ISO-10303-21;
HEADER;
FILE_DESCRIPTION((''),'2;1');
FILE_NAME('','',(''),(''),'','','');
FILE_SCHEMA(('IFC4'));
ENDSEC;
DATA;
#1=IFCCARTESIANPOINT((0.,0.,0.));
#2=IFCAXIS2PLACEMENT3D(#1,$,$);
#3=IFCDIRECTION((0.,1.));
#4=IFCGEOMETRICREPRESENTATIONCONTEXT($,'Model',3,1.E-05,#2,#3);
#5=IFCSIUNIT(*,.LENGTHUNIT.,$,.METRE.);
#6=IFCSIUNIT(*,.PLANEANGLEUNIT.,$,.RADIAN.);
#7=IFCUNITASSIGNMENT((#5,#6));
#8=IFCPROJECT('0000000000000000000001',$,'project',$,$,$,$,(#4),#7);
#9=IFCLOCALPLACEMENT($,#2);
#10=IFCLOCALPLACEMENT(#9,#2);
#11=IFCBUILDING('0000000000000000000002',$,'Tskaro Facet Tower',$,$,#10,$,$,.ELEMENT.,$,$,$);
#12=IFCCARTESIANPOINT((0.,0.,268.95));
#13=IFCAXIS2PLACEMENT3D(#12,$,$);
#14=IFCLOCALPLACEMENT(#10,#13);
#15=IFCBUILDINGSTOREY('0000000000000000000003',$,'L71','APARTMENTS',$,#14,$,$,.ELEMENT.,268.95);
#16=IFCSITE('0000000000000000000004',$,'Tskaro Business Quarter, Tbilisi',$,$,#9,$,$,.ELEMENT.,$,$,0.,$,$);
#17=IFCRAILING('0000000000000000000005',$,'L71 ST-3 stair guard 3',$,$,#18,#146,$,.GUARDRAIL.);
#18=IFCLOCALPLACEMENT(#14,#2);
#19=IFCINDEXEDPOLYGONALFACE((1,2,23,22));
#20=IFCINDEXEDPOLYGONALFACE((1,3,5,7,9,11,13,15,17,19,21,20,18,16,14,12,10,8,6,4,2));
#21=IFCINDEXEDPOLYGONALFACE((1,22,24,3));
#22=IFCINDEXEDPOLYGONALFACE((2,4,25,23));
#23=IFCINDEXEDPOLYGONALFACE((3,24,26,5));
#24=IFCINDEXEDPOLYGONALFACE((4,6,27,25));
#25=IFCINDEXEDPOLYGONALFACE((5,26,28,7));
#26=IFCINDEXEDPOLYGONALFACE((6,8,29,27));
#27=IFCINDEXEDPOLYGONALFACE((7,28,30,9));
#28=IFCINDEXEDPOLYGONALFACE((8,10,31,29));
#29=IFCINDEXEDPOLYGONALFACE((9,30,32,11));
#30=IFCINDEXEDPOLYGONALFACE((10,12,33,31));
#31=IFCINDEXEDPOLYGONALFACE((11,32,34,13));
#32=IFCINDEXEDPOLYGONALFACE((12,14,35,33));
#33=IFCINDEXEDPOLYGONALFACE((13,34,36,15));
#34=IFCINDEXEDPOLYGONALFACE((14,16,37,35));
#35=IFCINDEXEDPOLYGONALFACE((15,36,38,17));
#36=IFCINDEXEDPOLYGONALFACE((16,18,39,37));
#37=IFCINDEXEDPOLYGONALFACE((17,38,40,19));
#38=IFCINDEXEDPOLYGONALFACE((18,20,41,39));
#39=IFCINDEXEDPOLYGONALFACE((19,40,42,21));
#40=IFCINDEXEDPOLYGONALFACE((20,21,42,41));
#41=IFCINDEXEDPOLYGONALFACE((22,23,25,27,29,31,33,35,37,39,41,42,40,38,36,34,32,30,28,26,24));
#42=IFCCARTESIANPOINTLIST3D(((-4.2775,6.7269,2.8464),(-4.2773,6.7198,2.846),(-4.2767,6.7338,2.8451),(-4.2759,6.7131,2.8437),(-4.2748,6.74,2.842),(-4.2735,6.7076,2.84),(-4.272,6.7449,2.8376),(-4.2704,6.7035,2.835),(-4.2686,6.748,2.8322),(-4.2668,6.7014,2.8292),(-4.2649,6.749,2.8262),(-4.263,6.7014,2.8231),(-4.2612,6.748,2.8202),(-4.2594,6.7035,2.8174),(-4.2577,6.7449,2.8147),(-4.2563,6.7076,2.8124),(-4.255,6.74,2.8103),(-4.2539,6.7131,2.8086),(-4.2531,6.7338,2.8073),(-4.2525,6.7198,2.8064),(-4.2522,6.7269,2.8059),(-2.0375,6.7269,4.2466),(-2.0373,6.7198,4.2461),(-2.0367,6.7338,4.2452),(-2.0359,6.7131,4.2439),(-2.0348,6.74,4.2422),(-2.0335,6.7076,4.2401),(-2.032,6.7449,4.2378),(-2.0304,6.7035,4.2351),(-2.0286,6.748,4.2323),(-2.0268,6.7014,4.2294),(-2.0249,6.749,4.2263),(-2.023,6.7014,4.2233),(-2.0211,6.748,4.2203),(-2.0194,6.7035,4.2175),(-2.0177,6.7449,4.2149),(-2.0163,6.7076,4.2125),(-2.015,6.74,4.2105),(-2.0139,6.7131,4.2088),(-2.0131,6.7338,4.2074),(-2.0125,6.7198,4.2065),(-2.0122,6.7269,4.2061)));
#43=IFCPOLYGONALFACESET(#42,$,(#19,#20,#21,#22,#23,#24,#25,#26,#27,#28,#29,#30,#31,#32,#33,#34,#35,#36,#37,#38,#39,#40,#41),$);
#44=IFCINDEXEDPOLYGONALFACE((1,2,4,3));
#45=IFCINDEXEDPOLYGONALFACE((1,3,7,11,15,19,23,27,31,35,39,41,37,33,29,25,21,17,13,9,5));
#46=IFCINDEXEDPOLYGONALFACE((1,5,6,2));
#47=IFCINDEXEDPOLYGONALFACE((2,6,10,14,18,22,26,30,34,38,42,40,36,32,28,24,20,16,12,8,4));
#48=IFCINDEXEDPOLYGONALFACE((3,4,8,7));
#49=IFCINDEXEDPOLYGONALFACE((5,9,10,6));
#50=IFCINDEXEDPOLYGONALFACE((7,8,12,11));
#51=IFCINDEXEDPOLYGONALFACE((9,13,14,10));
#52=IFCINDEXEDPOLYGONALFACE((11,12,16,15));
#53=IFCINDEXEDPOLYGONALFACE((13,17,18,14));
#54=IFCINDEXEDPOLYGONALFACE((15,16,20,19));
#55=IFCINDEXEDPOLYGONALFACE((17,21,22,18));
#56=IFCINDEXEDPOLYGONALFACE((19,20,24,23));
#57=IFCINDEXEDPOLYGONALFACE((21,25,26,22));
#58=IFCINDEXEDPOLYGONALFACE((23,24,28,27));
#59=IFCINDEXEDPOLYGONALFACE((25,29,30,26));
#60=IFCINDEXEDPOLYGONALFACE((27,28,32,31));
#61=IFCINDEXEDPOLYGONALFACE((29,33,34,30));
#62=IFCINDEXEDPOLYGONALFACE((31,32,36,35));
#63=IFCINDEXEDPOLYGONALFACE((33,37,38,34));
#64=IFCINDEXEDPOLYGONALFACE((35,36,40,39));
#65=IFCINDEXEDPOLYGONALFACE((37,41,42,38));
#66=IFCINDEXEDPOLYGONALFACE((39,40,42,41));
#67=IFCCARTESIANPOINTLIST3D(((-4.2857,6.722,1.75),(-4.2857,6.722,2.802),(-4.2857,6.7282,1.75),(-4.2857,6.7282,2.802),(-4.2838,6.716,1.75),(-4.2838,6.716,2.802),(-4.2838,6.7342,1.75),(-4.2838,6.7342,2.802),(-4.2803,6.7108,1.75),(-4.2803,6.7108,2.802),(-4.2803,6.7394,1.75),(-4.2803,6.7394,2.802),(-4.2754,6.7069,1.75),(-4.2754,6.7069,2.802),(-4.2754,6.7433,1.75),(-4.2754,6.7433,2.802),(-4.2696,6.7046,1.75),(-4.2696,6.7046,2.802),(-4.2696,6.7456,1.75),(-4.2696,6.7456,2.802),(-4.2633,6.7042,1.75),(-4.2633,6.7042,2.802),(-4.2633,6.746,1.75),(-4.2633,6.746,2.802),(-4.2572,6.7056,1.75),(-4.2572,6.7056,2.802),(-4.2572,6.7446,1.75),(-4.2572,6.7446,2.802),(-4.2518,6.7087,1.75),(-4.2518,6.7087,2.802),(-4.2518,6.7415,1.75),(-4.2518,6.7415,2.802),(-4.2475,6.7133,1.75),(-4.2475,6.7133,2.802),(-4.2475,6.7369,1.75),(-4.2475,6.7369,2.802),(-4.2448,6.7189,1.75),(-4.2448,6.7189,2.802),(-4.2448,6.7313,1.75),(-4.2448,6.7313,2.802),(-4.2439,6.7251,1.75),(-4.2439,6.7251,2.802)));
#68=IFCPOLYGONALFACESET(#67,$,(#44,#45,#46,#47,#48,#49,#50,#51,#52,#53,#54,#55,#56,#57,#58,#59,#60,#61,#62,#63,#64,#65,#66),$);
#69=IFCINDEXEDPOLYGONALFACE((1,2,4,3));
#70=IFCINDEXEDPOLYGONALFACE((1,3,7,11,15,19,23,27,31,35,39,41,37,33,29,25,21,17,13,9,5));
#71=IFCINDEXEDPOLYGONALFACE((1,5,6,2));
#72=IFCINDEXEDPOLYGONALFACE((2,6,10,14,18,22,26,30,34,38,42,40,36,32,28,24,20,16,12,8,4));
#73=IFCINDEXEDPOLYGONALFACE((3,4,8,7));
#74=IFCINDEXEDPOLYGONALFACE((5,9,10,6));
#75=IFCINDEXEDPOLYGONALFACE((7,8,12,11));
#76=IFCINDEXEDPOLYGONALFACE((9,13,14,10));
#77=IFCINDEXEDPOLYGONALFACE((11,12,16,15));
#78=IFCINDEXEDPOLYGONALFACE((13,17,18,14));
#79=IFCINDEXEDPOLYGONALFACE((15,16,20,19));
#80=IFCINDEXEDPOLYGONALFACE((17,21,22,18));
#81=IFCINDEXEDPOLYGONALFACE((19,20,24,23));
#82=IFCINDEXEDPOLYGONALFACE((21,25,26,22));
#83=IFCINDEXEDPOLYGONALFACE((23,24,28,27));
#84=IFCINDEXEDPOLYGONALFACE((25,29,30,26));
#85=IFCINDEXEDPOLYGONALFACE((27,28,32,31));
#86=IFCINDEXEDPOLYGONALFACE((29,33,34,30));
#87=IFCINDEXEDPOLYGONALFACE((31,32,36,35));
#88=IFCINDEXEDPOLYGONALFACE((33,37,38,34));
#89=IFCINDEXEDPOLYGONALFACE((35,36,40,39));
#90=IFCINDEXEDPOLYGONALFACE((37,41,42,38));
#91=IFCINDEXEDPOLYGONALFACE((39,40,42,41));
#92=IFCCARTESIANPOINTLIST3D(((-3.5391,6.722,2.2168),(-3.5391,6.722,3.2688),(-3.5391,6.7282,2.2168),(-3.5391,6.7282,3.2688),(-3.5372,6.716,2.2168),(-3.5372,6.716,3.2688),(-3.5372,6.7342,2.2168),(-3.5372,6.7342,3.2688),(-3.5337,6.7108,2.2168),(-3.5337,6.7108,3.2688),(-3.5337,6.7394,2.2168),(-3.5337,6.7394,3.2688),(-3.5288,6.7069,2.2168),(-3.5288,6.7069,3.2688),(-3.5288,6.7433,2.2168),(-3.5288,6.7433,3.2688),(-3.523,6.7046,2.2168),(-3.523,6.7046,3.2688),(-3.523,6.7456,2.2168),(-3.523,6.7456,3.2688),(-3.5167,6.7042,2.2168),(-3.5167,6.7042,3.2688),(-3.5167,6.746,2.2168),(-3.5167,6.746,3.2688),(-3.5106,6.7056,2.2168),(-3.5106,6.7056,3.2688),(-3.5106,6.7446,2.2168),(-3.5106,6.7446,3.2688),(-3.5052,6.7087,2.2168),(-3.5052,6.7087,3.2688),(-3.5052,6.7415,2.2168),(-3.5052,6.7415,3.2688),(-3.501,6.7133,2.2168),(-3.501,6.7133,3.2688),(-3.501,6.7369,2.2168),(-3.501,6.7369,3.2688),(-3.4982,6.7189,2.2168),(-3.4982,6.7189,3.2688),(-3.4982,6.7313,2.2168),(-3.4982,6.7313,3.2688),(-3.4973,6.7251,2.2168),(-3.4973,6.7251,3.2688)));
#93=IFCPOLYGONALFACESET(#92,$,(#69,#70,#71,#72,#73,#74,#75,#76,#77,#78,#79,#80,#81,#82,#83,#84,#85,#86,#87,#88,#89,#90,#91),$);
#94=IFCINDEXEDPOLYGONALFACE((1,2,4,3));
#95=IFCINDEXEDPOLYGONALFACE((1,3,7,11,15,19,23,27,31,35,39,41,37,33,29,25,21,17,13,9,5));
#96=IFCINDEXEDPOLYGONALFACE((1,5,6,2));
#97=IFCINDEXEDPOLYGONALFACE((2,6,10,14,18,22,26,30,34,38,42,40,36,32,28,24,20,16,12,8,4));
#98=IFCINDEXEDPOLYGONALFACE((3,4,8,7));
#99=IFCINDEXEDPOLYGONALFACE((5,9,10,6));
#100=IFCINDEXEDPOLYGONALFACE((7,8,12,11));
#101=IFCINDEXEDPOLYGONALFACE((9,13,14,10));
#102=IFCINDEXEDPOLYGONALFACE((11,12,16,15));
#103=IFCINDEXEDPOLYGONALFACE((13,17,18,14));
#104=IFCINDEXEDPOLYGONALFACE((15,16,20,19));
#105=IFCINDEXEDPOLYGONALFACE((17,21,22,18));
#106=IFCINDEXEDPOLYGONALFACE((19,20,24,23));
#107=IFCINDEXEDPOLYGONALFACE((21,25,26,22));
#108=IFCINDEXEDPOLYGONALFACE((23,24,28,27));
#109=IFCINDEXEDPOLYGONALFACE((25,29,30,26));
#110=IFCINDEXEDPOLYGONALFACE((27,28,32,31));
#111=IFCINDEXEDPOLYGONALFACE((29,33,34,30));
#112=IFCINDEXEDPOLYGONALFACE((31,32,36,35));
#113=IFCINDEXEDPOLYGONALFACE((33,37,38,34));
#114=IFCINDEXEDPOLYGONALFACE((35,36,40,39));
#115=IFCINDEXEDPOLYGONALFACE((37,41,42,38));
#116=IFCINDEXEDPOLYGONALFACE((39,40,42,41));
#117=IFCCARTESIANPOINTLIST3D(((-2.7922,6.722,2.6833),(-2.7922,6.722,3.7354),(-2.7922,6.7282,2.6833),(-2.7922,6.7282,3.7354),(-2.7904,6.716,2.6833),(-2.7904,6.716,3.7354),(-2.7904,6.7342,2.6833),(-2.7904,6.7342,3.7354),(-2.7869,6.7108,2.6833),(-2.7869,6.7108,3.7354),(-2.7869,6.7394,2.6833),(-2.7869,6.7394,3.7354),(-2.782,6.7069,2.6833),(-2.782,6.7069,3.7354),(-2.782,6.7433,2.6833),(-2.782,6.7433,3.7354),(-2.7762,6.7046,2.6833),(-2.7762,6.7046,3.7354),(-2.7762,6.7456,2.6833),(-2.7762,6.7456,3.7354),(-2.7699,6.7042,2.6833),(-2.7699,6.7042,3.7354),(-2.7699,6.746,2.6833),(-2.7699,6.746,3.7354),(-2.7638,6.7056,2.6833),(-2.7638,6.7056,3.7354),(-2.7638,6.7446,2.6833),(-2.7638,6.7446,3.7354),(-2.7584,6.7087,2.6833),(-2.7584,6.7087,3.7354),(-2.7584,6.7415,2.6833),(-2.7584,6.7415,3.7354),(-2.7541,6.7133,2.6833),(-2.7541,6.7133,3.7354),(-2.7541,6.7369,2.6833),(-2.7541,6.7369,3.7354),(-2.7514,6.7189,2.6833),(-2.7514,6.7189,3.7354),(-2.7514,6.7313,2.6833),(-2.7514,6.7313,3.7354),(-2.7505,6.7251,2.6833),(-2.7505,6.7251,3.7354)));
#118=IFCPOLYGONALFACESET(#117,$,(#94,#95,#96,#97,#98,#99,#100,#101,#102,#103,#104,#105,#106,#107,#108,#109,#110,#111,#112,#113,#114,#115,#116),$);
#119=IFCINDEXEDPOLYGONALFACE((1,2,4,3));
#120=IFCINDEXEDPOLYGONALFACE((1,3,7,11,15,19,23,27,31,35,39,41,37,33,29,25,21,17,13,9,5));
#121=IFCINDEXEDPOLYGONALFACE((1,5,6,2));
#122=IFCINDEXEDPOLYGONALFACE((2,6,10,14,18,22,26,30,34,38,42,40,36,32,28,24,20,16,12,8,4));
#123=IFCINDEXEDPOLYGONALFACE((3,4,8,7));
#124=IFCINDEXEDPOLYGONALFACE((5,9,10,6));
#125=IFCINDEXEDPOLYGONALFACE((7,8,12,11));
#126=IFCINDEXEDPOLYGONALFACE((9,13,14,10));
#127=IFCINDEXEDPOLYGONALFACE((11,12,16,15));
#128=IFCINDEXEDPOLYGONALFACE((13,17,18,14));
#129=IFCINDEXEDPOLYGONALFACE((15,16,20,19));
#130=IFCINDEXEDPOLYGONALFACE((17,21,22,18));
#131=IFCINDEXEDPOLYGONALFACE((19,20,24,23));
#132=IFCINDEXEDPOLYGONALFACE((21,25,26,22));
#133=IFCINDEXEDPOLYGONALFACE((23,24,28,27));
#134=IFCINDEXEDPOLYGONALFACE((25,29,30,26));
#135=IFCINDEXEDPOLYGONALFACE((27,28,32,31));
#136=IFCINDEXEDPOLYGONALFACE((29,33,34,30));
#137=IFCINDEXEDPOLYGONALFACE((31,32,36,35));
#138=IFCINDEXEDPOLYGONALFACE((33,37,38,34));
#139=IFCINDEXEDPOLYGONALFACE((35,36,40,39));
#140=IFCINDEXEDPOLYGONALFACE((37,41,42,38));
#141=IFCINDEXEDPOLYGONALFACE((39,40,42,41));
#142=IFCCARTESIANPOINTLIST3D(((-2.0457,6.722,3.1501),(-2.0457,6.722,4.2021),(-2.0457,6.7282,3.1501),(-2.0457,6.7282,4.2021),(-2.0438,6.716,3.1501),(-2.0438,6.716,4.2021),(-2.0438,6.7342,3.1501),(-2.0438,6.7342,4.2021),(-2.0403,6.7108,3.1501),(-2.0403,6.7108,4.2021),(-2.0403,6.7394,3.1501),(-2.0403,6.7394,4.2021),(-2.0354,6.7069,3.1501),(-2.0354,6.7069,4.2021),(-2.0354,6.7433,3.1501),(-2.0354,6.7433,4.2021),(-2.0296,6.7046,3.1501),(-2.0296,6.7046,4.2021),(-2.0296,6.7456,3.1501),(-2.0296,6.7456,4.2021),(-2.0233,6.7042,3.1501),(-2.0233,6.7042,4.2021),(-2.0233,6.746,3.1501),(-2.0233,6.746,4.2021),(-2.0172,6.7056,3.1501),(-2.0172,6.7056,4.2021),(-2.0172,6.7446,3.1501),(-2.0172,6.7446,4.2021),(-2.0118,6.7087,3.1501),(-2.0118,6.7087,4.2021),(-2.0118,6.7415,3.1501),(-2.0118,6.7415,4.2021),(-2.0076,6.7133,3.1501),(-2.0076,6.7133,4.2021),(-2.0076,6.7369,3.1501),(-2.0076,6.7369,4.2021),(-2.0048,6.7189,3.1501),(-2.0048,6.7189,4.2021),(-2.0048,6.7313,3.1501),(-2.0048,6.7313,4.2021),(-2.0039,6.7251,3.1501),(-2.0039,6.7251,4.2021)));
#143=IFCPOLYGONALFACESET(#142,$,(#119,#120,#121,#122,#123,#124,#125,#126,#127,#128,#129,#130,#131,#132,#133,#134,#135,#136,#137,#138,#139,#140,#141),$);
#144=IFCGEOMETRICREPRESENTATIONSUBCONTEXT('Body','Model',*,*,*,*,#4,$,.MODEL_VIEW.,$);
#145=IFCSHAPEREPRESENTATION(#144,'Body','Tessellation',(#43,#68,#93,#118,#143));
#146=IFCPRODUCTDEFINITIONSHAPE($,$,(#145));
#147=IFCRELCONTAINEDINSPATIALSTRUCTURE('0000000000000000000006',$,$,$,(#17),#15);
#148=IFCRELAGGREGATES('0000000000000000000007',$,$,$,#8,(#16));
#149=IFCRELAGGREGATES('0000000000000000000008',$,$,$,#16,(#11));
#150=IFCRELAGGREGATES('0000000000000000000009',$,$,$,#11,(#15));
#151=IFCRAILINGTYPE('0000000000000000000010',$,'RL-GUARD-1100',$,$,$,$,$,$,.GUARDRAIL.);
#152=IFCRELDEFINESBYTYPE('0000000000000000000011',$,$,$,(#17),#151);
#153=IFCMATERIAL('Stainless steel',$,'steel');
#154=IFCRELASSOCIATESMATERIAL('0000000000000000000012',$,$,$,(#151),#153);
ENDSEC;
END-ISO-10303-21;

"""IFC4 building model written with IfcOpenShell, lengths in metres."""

from ifc_helpers import new_model, si_unit, direction, frame, origin, origin_2d, place, context, subcontext, project, spatial, circle, extrude, material, type_object, element, save


model = new_model("IFC4")

# Units and contexts
model_context = context("Model", 3, precision=1e-05, world=origin(), true_north=direction((0.0, 1.0)))
body_context = subcontext(model_context, "Body", "Model", "MODEL_VIEW")
ifc_project = project(units=[si_unit("LENGTHUNIT", "METRE"), si_unit("PLANEANGLEUNIT", "RADIAN")], contexts=[model_context])

# Site, building, storey
site_placement = place(None, origin())
site = spatial("IfcSite", under=ifc_project, at=site_placement, Name="Tskaro Business Quarter, Tbilisi", CompositionType="ELEMENT", RefElevation=0.0)
building_placement = place(site_placement, origin())
building = spatial("IfcBuilding", under=site, at=building_placement, Name="Tskaro Facet Tower", CompositionType="ELEMENT")
storey_placement = place(building_placement, frame((0.0, 0.0, 268.95)))
storey = spatial("IfcBuildingStorey", under=building, at=storey_placement, Name="L71", Description="APARTMENTS", CompositionType="ELEMENT", Elevation=268.95)

# Railing
ifc_material_1 = material(Name="Stainless steel", Category="steel")
railing_type_1 = type_object("IfcRailingType", Name="RL-GUARD-1100", PredefinedType="GUARDRAIL", material=ifc_material_1)
railing_1_placement = place(storey_placement, frame((-4.2649, 6.7251, 1.75)))
element("IfcRailing", 1, at=railing_1_placement, inside=storey, type_object=railing_type_1, Name="L71 ST-3 stair guard 3", PredefinedType="GUARDRAIL", context=body_context, shape_type="SweptSolid", body=[
    extrude(circle(Radius=0.0239, at=origin_2d()), frame((0.0, 0.0, 1.0762), z_axis=(0.847972, 0.0, 0.53004), x_axis=(0.0, 1.0, 0.0)), (0.0, 0.0, 1.0), 2.6416),
    extrude(circle(Radius=0.021, at=origin_2d()), origin(), (0.0, 0.0, 1.0), 1.052),
    extrude(circle(Radius=0.021, at=origin_2d()), frame((0.7466, 0.0, 0.4668)), (0.0, 0.0, 1.0), 1.052),
    extrude(circle(Radius=0.021, at=origin_2d()), frame((1.4934, 0.0, 0.9333)), (0.0, 0.0, 1.0), 1.052),
    extrude(circle(Radius=0.021, at=origin_2d()), frame((2.24, 0.0, 1.4001)), (0.0, 0.0, 1.0), 1.052),
])

save(model, "model.ifc")
